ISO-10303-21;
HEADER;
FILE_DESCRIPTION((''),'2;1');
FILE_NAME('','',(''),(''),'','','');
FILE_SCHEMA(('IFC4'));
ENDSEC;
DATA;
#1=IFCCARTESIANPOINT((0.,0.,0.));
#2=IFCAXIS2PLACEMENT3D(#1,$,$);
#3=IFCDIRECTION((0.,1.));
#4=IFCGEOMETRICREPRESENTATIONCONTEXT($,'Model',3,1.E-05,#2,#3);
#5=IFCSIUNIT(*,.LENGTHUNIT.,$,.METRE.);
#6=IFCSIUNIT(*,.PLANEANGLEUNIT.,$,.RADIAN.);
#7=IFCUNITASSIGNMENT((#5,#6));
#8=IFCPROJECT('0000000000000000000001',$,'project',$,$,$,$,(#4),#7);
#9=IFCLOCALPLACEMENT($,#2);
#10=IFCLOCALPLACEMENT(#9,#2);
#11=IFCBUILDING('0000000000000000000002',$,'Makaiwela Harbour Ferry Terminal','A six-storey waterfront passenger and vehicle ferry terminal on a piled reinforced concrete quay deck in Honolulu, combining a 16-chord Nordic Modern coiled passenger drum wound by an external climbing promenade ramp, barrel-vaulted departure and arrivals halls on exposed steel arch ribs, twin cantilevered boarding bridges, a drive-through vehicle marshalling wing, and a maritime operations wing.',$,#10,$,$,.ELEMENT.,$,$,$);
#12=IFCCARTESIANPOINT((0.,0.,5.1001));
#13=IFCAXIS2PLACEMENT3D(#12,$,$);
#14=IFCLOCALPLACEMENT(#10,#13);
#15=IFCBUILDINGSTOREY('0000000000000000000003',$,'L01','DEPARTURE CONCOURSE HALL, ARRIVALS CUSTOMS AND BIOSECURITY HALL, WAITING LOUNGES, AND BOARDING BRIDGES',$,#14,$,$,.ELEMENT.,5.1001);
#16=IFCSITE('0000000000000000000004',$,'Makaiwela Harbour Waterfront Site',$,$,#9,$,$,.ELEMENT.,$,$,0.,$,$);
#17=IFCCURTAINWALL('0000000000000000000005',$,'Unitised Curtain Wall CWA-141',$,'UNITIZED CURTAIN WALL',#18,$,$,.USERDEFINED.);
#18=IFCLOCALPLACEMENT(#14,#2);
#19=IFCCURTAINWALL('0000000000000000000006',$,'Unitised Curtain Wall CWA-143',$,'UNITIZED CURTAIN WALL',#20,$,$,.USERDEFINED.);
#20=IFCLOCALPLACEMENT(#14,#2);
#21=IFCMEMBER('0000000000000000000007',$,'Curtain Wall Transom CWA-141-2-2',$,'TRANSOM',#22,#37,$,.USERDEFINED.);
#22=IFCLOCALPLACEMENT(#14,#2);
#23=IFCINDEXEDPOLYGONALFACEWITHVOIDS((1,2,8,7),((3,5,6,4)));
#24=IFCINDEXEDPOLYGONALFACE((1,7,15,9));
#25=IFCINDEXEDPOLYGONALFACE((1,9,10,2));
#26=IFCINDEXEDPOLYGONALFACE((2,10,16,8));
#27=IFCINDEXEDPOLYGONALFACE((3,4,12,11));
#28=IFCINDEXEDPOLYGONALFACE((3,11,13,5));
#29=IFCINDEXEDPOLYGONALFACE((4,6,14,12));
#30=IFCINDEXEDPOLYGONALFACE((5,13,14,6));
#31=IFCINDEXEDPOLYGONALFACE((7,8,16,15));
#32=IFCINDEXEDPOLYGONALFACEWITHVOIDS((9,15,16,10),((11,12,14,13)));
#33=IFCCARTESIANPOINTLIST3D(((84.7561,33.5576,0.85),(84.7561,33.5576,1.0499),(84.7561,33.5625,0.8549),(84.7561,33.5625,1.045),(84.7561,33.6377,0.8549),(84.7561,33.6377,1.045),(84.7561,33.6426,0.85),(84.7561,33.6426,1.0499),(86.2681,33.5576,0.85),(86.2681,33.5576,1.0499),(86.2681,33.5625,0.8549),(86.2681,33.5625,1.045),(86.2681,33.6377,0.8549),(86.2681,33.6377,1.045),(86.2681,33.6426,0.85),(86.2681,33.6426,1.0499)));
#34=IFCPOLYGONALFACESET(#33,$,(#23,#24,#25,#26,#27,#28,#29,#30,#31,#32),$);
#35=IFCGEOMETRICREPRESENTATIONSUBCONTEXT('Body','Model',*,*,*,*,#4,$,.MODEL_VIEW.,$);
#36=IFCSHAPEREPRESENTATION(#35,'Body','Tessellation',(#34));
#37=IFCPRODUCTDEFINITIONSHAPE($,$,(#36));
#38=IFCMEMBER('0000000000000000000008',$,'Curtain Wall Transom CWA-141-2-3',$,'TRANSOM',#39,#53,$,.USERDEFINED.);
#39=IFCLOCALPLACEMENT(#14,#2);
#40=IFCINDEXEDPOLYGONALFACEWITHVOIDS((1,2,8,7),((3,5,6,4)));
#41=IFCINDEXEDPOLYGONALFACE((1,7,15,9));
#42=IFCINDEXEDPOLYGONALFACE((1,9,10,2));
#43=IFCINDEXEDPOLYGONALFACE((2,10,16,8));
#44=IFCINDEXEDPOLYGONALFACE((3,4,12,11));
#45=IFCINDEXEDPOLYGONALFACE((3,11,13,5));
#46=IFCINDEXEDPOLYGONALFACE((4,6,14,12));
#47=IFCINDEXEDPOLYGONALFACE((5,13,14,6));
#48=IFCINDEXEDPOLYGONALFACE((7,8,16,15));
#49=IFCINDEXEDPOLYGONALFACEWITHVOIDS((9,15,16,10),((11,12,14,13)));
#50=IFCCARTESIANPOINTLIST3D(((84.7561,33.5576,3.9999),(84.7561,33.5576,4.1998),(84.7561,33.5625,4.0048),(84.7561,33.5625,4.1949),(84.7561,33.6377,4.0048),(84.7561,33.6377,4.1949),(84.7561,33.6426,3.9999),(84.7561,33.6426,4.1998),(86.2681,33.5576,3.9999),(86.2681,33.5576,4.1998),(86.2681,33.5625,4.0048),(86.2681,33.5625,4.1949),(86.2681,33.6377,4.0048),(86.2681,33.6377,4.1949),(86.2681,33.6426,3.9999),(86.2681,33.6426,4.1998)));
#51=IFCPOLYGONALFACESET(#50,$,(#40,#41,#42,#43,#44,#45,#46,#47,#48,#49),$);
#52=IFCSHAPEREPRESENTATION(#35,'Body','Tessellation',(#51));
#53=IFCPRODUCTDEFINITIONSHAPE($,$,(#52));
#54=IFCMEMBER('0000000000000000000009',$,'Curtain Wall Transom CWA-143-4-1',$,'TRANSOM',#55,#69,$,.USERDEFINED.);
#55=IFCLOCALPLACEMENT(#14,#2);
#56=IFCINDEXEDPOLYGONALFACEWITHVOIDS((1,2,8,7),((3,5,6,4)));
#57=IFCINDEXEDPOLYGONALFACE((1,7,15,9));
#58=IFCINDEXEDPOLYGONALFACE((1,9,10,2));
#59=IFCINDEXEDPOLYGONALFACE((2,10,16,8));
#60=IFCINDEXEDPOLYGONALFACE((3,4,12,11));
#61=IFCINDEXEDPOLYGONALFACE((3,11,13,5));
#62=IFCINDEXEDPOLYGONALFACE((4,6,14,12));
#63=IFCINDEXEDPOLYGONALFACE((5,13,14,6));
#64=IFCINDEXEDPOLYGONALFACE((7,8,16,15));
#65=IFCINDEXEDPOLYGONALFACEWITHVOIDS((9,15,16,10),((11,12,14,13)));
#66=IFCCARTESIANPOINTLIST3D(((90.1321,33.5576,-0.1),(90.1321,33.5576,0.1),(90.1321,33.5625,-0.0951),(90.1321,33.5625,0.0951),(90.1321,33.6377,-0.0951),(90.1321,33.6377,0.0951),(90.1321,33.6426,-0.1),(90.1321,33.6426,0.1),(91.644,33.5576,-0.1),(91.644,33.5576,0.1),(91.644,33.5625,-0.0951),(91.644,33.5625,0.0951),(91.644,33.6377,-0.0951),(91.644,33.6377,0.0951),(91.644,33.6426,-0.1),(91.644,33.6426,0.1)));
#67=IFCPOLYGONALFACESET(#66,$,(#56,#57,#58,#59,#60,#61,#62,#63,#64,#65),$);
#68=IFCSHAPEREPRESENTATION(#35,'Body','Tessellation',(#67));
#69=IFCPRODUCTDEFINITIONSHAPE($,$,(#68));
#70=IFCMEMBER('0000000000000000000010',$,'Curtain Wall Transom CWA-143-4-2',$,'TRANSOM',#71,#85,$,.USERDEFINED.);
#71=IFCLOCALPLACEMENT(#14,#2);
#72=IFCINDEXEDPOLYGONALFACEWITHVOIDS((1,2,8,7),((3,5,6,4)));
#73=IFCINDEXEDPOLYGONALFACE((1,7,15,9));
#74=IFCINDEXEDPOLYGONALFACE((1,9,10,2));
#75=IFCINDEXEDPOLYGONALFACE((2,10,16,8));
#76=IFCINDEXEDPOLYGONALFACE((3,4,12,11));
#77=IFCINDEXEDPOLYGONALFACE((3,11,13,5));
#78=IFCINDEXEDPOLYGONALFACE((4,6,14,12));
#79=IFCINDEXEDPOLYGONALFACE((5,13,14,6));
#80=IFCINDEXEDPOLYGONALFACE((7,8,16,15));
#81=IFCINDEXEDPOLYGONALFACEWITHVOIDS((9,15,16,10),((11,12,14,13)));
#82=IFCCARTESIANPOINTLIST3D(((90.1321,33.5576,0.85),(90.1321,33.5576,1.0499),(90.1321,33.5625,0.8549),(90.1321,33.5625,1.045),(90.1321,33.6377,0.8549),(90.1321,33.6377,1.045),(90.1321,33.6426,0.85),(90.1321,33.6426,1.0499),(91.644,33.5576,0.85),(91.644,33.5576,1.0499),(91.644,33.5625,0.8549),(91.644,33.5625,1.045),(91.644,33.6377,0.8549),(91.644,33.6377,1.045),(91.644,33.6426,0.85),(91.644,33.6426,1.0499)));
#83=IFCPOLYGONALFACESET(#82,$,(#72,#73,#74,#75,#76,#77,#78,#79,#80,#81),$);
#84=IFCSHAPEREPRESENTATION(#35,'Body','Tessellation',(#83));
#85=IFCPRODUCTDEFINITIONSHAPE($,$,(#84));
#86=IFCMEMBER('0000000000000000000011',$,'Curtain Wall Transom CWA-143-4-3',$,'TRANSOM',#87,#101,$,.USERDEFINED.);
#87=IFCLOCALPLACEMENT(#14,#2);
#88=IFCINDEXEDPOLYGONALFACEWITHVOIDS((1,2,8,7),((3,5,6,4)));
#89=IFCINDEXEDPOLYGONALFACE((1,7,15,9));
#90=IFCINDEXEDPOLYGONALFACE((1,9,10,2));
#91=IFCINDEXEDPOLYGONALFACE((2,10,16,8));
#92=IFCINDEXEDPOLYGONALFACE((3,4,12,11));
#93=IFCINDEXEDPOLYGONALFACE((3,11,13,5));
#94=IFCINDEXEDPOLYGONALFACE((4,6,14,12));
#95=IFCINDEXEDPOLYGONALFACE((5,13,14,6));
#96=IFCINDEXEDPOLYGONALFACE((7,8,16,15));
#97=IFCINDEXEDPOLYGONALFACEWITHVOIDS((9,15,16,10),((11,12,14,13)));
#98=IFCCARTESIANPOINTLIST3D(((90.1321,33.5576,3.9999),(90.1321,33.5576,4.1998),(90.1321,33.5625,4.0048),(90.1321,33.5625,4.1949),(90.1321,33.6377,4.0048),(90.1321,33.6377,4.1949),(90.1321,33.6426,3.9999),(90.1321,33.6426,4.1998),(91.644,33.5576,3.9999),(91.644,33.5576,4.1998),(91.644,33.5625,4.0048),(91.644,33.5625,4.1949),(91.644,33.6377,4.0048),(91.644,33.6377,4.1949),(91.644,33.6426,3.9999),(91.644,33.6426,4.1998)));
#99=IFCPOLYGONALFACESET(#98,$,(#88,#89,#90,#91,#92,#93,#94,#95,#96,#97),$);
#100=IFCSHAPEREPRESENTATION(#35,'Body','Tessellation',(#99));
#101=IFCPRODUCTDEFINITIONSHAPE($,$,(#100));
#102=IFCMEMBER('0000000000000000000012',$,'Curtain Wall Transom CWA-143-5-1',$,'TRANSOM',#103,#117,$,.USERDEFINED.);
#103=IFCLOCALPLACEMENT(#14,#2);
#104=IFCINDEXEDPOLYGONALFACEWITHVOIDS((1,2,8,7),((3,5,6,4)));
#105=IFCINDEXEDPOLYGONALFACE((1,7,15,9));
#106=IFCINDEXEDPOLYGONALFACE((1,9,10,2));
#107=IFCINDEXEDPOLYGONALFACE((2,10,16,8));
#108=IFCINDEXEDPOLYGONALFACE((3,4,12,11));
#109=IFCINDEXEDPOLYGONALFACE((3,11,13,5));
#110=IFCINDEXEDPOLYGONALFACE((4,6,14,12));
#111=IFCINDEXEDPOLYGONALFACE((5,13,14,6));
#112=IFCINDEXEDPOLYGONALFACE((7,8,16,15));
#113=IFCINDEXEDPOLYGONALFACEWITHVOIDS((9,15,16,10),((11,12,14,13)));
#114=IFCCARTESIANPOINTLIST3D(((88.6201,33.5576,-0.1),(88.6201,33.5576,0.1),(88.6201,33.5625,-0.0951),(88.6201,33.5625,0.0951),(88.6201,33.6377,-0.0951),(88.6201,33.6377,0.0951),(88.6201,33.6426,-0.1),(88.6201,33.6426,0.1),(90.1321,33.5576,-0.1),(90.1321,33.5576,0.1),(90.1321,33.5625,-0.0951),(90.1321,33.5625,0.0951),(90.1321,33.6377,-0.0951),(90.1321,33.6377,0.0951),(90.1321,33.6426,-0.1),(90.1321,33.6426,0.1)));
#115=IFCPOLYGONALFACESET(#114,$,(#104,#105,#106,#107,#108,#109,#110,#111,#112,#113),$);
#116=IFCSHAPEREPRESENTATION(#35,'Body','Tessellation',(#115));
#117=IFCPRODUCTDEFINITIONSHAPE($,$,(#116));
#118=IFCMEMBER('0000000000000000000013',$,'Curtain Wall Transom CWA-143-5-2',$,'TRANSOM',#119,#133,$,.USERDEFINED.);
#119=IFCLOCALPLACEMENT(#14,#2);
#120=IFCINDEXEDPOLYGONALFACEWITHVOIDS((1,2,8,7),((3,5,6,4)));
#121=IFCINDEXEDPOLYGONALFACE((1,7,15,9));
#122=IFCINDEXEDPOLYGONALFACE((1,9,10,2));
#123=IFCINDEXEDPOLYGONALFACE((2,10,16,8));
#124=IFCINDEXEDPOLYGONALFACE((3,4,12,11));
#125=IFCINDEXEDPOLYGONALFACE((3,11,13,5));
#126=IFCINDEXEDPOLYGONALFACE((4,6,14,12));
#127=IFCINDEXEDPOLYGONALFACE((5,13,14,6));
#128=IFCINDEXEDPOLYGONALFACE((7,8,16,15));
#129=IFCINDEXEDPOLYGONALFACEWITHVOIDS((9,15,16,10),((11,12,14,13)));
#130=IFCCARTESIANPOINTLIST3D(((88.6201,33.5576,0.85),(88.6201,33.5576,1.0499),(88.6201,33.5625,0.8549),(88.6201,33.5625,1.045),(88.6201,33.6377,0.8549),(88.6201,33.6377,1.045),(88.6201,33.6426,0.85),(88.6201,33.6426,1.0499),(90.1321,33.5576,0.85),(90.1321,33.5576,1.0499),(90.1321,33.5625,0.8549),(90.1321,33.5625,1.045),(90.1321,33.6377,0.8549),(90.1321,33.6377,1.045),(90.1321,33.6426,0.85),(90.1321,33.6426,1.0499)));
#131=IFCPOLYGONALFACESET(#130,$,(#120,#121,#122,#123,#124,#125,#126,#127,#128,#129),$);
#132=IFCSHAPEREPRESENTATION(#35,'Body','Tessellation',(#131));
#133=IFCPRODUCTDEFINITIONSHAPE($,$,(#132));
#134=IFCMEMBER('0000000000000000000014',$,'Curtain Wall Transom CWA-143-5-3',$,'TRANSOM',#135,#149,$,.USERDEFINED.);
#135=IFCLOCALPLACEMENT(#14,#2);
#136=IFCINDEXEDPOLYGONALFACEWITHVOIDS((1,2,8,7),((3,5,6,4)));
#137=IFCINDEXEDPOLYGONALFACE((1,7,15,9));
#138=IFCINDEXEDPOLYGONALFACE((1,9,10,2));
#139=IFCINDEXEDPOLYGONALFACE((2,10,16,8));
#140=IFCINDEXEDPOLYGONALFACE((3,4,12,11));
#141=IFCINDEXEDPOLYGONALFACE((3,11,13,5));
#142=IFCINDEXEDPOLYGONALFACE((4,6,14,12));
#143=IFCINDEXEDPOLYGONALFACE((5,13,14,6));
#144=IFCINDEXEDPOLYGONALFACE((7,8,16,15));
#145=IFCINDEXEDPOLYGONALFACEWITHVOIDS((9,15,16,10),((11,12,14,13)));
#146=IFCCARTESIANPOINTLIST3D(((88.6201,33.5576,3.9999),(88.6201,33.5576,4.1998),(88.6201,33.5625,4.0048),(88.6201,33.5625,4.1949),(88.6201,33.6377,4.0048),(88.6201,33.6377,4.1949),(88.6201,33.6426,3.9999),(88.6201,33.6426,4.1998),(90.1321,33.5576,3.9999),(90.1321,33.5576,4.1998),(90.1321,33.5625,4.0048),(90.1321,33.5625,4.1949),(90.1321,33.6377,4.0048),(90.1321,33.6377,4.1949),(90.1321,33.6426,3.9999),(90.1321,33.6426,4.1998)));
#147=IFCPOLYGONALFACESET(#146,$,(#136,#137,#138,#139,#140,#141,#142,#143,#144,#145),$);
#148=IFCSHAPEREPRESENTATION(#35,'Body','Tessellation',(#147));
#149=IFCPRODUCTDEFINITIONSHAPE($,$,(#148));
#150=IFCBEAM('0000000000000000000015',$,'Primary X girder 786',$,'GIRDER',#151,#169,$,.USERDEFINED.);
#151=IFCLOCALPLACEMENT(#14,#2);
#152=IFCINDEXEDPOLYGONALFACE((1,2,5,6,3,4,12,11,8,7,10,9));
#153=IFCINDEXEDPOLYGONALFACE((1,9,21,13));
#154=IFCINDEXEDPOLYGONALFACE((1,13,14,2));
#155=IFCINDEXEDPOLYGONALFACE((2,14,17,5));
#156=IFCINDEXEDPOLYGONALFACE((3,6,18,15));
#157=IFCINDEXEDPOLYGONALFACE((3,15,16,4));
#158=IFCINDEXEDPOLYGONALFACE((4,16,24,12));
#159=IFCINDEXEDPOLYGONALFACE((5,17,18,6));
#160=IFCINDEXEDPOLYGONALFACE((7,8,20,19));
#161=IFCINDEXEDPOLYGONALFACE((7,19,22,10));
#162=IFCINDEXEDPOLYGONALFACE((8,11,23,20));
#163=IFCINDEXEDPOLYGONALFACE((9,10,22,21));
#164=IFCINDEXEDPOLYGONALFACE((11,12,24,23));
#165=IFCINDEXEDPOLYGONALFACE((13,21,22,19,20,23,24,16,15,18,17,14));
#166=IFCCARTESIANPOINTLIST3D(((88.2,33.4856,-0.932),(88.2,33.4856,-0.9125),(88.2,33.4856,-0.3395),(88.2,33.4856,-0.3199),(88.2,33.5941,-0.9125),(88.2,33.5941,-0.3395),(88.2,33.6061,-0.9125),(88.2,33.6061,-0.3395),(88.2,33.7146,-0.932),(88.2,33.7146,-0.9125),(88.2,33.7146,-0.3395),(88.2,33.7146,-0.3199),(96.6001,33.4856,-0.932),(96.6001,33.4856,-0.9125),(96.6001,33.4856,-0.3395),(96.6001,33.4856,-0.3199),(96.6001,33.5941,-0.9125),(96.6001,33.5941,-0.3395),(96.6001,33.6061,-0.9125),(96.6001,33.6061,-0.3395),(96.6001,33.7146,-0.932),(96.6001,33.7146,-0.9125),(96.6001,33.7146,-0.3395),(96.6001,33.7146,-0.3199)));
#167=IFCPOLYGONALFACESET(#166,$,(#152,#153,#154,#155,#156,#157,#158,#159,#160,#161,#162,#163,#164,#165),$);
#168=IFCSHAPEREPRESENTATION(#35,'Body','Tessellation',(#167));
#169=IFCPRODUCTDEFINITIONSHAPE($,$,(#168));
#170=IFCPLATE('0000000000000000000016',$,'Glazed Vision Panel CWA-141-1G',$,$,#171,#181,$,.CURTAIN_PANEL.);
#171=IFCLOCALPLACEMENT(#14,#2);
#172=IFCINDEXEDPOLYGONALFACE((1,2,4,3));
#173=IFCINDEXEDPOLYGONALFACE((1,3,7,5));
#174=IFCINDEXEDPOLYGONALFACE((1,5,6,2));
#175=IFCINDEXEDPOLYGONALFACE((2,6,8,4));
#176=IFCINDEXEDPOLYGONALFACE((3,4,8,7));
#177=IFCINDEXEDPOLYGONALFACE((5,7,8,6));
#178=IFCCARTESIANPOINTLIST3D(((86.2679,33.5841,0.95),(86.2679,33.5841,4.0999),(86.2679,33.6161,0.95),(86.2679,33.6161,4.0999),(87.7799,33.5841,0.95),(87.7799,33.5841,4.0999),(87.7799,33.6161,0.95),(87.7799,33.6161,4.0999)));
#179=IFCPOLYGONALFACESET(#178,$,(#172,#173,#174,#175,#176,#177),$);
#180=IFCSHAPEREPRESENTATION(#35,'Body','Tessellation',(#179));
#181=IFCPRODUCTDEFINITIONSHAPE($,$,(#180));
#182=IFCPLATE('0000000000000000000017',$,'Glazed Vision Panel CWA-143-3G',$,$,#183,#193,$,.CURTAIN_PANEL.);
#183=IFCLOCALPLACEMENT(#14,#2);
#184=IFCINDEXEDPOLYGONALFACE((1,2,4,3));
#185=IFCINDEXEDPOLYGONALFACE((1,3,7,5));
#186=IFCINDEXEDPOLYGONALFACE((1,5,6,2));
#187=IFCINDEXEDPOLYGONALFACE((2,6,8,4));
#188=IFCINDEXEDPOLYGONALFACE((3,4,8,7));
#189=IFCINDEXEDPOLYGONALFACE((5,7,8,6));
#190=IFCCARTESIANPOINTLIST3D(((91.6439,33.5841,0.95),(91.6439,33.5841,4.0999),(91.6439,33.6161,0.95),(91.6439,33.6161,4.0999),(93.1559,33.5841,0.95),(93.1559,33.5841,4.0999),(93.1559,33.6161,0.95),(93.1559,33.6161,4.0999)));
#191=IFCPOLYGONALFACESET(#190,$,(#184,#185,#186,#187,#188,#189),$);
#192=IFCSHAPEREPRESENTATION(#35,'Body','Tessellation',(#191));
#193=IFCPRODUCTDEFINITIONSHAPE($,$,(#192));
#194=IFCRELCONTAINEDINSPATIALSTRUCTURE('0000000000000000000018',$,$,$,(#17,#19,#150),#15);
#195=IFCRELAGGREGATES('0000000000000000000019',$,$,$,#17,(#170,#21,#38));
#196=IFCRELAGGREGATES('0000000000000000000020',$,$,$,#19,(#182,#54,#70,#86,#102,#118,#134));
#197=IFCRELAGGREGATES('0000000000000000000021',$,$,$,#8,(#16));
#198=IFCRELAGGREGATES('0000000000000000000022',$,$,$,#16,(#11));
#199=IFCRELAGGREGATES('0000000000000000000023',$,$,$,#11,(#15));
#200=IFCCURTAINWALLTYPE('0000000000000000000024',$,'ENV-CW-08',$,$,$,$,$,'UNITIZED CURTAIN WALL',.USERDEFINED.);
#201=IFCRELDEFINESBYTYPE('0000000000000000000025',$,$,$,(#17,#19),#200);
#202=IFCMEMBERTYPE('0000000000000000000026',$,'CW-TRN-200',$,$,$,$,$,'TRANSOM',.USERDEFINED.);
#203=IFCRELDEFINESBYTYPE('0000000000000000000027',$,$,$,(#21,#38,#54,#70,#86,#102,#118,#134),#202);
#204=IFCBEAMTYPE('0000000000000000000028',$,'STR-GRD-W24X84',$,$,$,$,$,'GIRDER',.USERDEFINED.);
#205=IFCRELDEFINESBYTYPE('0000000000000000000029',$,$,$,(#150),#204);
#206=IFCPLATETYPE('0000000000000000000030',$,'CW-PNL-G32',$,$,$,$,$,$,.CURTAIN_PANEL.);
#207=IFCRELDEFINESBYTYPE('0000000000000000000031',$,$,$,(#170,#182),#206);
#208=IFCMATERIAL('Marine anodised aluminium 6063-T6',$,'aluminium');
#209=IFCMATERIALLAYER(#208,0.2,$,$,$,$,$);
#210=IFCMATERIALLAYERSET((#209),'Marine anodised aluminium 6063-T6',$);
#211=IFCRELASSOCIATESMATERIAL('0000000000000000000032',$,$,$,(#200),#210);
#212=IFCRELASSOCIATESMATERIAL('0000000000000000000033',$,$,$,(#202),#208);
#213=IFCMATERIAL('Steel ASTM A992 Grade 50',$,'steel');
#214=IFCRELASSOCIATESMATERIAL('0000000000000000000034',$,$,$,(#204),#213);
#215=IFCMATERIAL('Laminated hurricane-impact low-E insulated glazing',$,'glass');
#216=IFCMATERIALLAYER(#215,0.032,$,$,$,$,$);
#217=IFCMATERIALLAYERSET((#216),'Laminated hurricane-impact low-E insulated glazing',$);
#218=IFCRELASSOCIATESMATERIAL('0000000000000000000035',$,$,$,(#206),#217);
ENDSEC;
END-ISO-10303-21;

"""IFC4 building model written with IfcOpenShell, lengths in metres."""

from ifc_helpers import new_model, si_unit, direction, frame, origin, origin_2d, place, context, subcontext, project, spatial, rectangle, hollow_rectangle, i_section, extrude, material, layer, layer_set, material_profile, profile_set, type_object, element, aggregate, save


model = new_model("IFC4")

# Units and contexts
model_context = context("Model", 3, precision=1e-05, world=origin(), true_north=direction((0.0, 1.0)))
body_context = subcontext(model_context, "Body", "Model", "MODEL_VIEW")
ifc_project = project(units=[si_unit("LENGTHUNIT", "METRE"), si_unit("PLANEANGLEUNIT", "RADIAN")], contexts=[model_context])

# Site, building, storey
site_placement = place(None, origin())
site = spatial("IfcSite", under=ifc_project, at=site_placement, Name="Makaiwela Harbour Waterfront Site", CompositionType="ELEMENT", RefElevation=0.0)
building_placement = place(site_placement, origin())
building = spatial("IfcBuilding", under=site, at=building_placement, Name="Makaiwela Harbour Ferry Terminal", Description="A six-storey waterfront passenger and vehicle ferry terminal on a piled reinforced concrete quay deck in Honolulu, combining a 16-chord Nordic Modern coiled passenger drum wound by an external climbing promenade ramp, barrel-vaulted departure and arrivals halls on exposed steel arch ribs, twin cantilevered boarding bridges, a drive-through vehicle marshalling wing, and a maritime operations wing.", CompositionType="ELEMENT")
storey_placement = place(building_placement, frame((0.0, 0.0, 5.1001)))
storey = spatial("IfcBuildingStorey", under=building, at=storey_placement, Name="L01", Description="DEPARTURE CONCOURSE HALL, ARRIVALS CUSTOMS AND BIOSECURITY HALL, WAITING LOUNGES, AND BOARDING BRIDGES", CompositionType="ELEMENT", Elevation=5.1001)

# Curtain wall
ifc_material_1 = material(Name="Marine anodised aluminium 6063-T6", Category="aluminium")
ifc_layer_1 = layer(ifc_material_1, 0.2)
ifc_layer_set_1 = layer_set([ifc_layer_1], Name="Marine anodised aluminium 6063-T6")
curtain_wall_type = type_object("IfcCurtainWallType", Name="ENV-CW-08", ElementType="UNITIZED CURTAIN WALL", PredefinedType="USERDEFINED", material=ifc_layer_set_1)
curtain_wall_1_placement = place(storey_placement, origin())
curtain_wall_1 = element("IfcCurtainWall", 1, at=curtain_wall_1_placement, inside=storey, type_object=curtain_wall_type, Name="Unitised Curtain Wall CWA-141", ObjectType="UNITIZED CURTAIN WALL", PredefinedType="USERDEFINED")

# Curtain wall
curtain_wall_2_placement = place(storey_placement, origin())
curtain_wall_2 = element("IfcCurtainWall", 2, at=curtain_wall_2_placement, inside=storey, type_object=curtain_wall_type, Name="Unitised Curtain Wall CWA-143", ObjectType="UNITIZED CURTAIN WALL", PredefinedType="USERDEFINED")

# Members
ifc_material_profile_1 = material_profile(ifc_material_1, hollow_rectangle(XDim=0.085, YDim=0.2, WallThickness=0.0049, at=origin_2d()), Name="CWT-200X85")
ifc_profile_set_1 = profile_set([ifc_material_profile_1], Name="Marine anodised aluminium 6063-T6")
member_type_1 = type_object("IfcMemberType", Name="CW-TRN-200", ElementType="TRANSOM", PredefinedType="USERDEFINED", material=ifc_profile_set_1)
member_1_placement = place(storey_placement, frame((86.2681, 33.6001, 0.95), z_axis=(-1.0, 0.0, 0.0), x_axis=(0.0, -1.0, 0.0)))
member_1 = element("IfcMember", 3, at=member_1_placement, type_object=member_type_1, Name="Curtain Wall Transom CWA-141-2-2", ObjectType="TRANSOM", PredefinedType="USERDEFINED", context=body_context, shape_type="SweptSolid", body=[
    extrude(hollow_rectangle(XDim=0.085, YDim=0.2, WallThickness=0.0049, at=origin_2d()), origin(), (0.0, 0.0, 1.0), 1.512),
])
member_2_placement = place(storey_placement, frame((86.2681, 33.6001, 4.0999), z_axis=(-1.0, 0.0, 0.0), x_axis=(0.0, -1.0, 0.0)))
member_2 = element("IfcMember", 4, at=member_2_placement, type_object=member_type_1, Name="Curtain Wall Transom CWA-141-2-3", ObjectType="TRANSOM", PredefinedType="USERDEFINED", context=body_context, shape_type="SweptSolid", body=[
    extrude(hollow_rectangle(XDim=0.085, YDim=0.2, WallThickness=0.0049, at=origin_2d()), origin(), (0.0, 0.0, 1.0), 1.512),
])
member_3_placement = place(storey_placement, frame((91.644, 33.6001, 0.0), z_axis=(-1.0, 0.0, 0.0), x_axis=(0.0, -1.0, 0.0)))
member_3 = element("IfcMember", 5, at=member_3_placement, type_object=member_type_1, Name="Curtain Wall Transom CWA-143-4-1", ObjectType="TRANSOM", PredefinedType="USERDEFINED", context=body_context, shape_type="SweptSolid", body=[
    extrude(hollow_rectangle(XDim=0.085, YDim=0.2, WallThickness=0.0049, at=origin_2d()), origin(), (0.0, 0.0, 1.0), 1.512),
])
member_4_placement = place(storey_placement, frame((91.644, 33.6001, 0.95), z_axis=(-1.0, 0.0, 0.0), x_axis=(0.0, -1.0, 0.0)))
member_4 = element("IfcMember", 6, at=member_4_placement, type_object=member_type_1, Name="Curtain Wall Transom CWA-143-4-2", ObjectType="TRANSOM", PredefinedType="USERDEFINED", context=body_context, shape_type="SweptSolid", body=[
    extrude(hollow_rectangle(XDim=0.085, YDim=0.2, WallThickness=0.0049, at=origin_2d()), origin(), (0.0, 0.0, 1.0), 1.512),
])
member_5_placement = place(storey_placement, frame((91.644, 33.6001, 4.0999), z_axis=(-1.0, 0.0, 0.0), x_axis=(0.0, -1.0, 0.0)))
member_5 = element("IfcMember", 7, at=member_5_placement, type_object=member_type_1, Name="Curtain Wall Transom CWA-143-4-3", ObjectType="TRANSOM", PredefinedType="USERDEFINED", context=body_context, shape_type="SweptSolid", body=[
    extrude(hollow_rectangle(XDim=0.085, YDim=0.2, WallThickness=0.0049, at=origin_2d()), origin(), (0.0, 0.0, 1.0), 1.512),
])
member_6_placement = place(storey_placement, frame((90.1321, 33.6001, 0.0), z_axis=(-1.0, 0.0, 0.0), x_axis=(0.0, -1.0, 0.0)))
member_6 = element("IfcMember", 8, at=member_6_placement, type_object=member_type_1, Name="Curtain Wall Transom CWA-143-5-1", ObjectType="TRANSOM", PredefinedType="USERDEFINED", context=body_context, shape_type="SweptSolid", body=[
    extrude(hollow_rectangle(XDim=0.085, YDim=0.2, WallThickness=0.0049, at=origin_2d()), origin(), (0.0, 0.0, 1.0), 1.512),
])
member_7_placement = place(storey_placement, frame((90.1321, 33.6001, 0.95), z_axis=(-1.0, 0.0, 0.0), x_axis=(0.0, -1.0, 0.0)))
member_7 = element("IfcMember", 9, at=member_7_placement, type_object=member_type_1, Name="Curtain Wall Transom CWA-143-5-2", ObjectType="TRANSOM", PredefinedType="USERDEFINED", context=body_context, shape_type="SweptSolid", body=[
    extrude(hollow_rectangle(XDim=0.085, YDim=0.2, WallThickness=0.0049, at=origin_2d()), origin(), (0.0, 0.0, 1.0), 1.512),
])
member_8_placement = place(storey_placement, frame((90.1321, 33.6001, 4.0999), z_axis=(-1.0, 0.0, 0.0), x_axis=(0.0, -1.0, 0.0)))
member_8 = element("IfcMember", 10, at=member_8_placement, type_object=member_type_1, Name="Curtain Wall Transom CWA-143-5-3", ObjectType="TRANSOM", PredefinedType="USERDEFINED", context=body_context, shape_type="SweptSolid", body=[
    extrude(hollow_rectangle(XDim=0.085, YDim=0.2, WallThickness=0.0049, at=origin_2d()), origin(), (0.0, 0.0, 1.0), 1.512),
])

# Beam
ifc_material_2 = material(Name="Steel ASTM A992 Grade 50", Category="steel")
ifc_material_profile_2 = material_profile(ifc_material_2, i_section(OverallWidth=0.229, OverallDepth=0.6121, WebThickness=0.012, FlangeThickness=0.0195, at=origin_2d()), Name="W24X84")
ifc_profile_set_2 = profile_set([ifc_material_profile_2], Name="Steel ASTM A992 Grade 50")
beam_type = type_object("IfcBeamType", Name="STR-GRD-W24X84", ElementType="GIRDER", PredefinedType="USERDEFINED", material=ifc_profile_set_2)
beam_placement = place(storey_placement, frame((88.2, 33.6001, -0.626), z_axis=(1.0, 0.0, 0.0), x_axis=(0.0, 1.0, 0.0)))
element("IfcBeam", 11, at=beam_placement, inside=storey, type_object=beam_type, Name="Primary X girder 786", ObjectType="GIRDER", PredefinedType="USERDEFINED", context=body_context, shape_type="SweptSolid", body=[
    extrude(i_section(OverallWidth=0.229, OverallDepth=0.6121, WebThickness=0.012, FlangeThickness=0.0195, at=origin_2d()), origin(), (0.0, 0.0, 1.0), 8.4001),
])

# Plates
ifc_material_3 = material(Name="Laminated hurricane-impact low-E insulated glazing", Category="glass")
ifc_layer_2 = layer(ifc_material_3, 0.032)
ifc_layer_set_2 = layer_set([ifc_layer_2], Name="Laminated hurricane-impact low-E insulated glazing")
plate_type_1 = type_object("IfcPlateType", Name="CW-PNL-G32", PredefinedType="CURTAIN_PANEL", material=ifc_layer_set_2)
plate_1_placement = place(storey_placement, frame((87.0239, 33.6001, 0.95), z_axis=(0.0, 0.0, 1.0), x_axis=(-1.0, 0.0, 0.0)))
plate_1 = element("IfcPlate", 12, at=plate_1_placement, type_object=plate_type_1, Name="Glazed Vision Panel CWA-141-1G", PredefinedType="CURTAIN_PANEL", context=body_context, shape_type="SweptSolid", body=[
    extrude(rectangle(XDim=1.512, YDim=0.032, at=origin_2d()), origin(), (0.0, 0.0, 1.0), 3.1499),
])
plate_2_placement = place(storey_placement, frame((92.3999, 33.6001, 0.95), z_axis=(0.0, 0.0, 1.0), x_axis=(-1.0, 0.0, 0.0)))
plate_2 = element("IfcPlate", 13, at=plate_2_placement, type_object=plate_type_1, Name="Glazed Vision Panel CWA-143-3G", PredefinedType="CURTAIN_PANEL", context=body_context, shape_type="SweptSolid", body=[
    extrude(rectangle(XDim=1.512, YDim=0.032, at=origin_2d()), origin(), (0.0, 0.0, 1.0), 3.1499),
])
aggregate(curtain_wall_1, [plate_1, member_1, member_2])
aggregate(curtain_wall_2, [plate_2, member_3, member_4, member_5, member_6, member_7, member_8])

save(model, "model.ifc")
